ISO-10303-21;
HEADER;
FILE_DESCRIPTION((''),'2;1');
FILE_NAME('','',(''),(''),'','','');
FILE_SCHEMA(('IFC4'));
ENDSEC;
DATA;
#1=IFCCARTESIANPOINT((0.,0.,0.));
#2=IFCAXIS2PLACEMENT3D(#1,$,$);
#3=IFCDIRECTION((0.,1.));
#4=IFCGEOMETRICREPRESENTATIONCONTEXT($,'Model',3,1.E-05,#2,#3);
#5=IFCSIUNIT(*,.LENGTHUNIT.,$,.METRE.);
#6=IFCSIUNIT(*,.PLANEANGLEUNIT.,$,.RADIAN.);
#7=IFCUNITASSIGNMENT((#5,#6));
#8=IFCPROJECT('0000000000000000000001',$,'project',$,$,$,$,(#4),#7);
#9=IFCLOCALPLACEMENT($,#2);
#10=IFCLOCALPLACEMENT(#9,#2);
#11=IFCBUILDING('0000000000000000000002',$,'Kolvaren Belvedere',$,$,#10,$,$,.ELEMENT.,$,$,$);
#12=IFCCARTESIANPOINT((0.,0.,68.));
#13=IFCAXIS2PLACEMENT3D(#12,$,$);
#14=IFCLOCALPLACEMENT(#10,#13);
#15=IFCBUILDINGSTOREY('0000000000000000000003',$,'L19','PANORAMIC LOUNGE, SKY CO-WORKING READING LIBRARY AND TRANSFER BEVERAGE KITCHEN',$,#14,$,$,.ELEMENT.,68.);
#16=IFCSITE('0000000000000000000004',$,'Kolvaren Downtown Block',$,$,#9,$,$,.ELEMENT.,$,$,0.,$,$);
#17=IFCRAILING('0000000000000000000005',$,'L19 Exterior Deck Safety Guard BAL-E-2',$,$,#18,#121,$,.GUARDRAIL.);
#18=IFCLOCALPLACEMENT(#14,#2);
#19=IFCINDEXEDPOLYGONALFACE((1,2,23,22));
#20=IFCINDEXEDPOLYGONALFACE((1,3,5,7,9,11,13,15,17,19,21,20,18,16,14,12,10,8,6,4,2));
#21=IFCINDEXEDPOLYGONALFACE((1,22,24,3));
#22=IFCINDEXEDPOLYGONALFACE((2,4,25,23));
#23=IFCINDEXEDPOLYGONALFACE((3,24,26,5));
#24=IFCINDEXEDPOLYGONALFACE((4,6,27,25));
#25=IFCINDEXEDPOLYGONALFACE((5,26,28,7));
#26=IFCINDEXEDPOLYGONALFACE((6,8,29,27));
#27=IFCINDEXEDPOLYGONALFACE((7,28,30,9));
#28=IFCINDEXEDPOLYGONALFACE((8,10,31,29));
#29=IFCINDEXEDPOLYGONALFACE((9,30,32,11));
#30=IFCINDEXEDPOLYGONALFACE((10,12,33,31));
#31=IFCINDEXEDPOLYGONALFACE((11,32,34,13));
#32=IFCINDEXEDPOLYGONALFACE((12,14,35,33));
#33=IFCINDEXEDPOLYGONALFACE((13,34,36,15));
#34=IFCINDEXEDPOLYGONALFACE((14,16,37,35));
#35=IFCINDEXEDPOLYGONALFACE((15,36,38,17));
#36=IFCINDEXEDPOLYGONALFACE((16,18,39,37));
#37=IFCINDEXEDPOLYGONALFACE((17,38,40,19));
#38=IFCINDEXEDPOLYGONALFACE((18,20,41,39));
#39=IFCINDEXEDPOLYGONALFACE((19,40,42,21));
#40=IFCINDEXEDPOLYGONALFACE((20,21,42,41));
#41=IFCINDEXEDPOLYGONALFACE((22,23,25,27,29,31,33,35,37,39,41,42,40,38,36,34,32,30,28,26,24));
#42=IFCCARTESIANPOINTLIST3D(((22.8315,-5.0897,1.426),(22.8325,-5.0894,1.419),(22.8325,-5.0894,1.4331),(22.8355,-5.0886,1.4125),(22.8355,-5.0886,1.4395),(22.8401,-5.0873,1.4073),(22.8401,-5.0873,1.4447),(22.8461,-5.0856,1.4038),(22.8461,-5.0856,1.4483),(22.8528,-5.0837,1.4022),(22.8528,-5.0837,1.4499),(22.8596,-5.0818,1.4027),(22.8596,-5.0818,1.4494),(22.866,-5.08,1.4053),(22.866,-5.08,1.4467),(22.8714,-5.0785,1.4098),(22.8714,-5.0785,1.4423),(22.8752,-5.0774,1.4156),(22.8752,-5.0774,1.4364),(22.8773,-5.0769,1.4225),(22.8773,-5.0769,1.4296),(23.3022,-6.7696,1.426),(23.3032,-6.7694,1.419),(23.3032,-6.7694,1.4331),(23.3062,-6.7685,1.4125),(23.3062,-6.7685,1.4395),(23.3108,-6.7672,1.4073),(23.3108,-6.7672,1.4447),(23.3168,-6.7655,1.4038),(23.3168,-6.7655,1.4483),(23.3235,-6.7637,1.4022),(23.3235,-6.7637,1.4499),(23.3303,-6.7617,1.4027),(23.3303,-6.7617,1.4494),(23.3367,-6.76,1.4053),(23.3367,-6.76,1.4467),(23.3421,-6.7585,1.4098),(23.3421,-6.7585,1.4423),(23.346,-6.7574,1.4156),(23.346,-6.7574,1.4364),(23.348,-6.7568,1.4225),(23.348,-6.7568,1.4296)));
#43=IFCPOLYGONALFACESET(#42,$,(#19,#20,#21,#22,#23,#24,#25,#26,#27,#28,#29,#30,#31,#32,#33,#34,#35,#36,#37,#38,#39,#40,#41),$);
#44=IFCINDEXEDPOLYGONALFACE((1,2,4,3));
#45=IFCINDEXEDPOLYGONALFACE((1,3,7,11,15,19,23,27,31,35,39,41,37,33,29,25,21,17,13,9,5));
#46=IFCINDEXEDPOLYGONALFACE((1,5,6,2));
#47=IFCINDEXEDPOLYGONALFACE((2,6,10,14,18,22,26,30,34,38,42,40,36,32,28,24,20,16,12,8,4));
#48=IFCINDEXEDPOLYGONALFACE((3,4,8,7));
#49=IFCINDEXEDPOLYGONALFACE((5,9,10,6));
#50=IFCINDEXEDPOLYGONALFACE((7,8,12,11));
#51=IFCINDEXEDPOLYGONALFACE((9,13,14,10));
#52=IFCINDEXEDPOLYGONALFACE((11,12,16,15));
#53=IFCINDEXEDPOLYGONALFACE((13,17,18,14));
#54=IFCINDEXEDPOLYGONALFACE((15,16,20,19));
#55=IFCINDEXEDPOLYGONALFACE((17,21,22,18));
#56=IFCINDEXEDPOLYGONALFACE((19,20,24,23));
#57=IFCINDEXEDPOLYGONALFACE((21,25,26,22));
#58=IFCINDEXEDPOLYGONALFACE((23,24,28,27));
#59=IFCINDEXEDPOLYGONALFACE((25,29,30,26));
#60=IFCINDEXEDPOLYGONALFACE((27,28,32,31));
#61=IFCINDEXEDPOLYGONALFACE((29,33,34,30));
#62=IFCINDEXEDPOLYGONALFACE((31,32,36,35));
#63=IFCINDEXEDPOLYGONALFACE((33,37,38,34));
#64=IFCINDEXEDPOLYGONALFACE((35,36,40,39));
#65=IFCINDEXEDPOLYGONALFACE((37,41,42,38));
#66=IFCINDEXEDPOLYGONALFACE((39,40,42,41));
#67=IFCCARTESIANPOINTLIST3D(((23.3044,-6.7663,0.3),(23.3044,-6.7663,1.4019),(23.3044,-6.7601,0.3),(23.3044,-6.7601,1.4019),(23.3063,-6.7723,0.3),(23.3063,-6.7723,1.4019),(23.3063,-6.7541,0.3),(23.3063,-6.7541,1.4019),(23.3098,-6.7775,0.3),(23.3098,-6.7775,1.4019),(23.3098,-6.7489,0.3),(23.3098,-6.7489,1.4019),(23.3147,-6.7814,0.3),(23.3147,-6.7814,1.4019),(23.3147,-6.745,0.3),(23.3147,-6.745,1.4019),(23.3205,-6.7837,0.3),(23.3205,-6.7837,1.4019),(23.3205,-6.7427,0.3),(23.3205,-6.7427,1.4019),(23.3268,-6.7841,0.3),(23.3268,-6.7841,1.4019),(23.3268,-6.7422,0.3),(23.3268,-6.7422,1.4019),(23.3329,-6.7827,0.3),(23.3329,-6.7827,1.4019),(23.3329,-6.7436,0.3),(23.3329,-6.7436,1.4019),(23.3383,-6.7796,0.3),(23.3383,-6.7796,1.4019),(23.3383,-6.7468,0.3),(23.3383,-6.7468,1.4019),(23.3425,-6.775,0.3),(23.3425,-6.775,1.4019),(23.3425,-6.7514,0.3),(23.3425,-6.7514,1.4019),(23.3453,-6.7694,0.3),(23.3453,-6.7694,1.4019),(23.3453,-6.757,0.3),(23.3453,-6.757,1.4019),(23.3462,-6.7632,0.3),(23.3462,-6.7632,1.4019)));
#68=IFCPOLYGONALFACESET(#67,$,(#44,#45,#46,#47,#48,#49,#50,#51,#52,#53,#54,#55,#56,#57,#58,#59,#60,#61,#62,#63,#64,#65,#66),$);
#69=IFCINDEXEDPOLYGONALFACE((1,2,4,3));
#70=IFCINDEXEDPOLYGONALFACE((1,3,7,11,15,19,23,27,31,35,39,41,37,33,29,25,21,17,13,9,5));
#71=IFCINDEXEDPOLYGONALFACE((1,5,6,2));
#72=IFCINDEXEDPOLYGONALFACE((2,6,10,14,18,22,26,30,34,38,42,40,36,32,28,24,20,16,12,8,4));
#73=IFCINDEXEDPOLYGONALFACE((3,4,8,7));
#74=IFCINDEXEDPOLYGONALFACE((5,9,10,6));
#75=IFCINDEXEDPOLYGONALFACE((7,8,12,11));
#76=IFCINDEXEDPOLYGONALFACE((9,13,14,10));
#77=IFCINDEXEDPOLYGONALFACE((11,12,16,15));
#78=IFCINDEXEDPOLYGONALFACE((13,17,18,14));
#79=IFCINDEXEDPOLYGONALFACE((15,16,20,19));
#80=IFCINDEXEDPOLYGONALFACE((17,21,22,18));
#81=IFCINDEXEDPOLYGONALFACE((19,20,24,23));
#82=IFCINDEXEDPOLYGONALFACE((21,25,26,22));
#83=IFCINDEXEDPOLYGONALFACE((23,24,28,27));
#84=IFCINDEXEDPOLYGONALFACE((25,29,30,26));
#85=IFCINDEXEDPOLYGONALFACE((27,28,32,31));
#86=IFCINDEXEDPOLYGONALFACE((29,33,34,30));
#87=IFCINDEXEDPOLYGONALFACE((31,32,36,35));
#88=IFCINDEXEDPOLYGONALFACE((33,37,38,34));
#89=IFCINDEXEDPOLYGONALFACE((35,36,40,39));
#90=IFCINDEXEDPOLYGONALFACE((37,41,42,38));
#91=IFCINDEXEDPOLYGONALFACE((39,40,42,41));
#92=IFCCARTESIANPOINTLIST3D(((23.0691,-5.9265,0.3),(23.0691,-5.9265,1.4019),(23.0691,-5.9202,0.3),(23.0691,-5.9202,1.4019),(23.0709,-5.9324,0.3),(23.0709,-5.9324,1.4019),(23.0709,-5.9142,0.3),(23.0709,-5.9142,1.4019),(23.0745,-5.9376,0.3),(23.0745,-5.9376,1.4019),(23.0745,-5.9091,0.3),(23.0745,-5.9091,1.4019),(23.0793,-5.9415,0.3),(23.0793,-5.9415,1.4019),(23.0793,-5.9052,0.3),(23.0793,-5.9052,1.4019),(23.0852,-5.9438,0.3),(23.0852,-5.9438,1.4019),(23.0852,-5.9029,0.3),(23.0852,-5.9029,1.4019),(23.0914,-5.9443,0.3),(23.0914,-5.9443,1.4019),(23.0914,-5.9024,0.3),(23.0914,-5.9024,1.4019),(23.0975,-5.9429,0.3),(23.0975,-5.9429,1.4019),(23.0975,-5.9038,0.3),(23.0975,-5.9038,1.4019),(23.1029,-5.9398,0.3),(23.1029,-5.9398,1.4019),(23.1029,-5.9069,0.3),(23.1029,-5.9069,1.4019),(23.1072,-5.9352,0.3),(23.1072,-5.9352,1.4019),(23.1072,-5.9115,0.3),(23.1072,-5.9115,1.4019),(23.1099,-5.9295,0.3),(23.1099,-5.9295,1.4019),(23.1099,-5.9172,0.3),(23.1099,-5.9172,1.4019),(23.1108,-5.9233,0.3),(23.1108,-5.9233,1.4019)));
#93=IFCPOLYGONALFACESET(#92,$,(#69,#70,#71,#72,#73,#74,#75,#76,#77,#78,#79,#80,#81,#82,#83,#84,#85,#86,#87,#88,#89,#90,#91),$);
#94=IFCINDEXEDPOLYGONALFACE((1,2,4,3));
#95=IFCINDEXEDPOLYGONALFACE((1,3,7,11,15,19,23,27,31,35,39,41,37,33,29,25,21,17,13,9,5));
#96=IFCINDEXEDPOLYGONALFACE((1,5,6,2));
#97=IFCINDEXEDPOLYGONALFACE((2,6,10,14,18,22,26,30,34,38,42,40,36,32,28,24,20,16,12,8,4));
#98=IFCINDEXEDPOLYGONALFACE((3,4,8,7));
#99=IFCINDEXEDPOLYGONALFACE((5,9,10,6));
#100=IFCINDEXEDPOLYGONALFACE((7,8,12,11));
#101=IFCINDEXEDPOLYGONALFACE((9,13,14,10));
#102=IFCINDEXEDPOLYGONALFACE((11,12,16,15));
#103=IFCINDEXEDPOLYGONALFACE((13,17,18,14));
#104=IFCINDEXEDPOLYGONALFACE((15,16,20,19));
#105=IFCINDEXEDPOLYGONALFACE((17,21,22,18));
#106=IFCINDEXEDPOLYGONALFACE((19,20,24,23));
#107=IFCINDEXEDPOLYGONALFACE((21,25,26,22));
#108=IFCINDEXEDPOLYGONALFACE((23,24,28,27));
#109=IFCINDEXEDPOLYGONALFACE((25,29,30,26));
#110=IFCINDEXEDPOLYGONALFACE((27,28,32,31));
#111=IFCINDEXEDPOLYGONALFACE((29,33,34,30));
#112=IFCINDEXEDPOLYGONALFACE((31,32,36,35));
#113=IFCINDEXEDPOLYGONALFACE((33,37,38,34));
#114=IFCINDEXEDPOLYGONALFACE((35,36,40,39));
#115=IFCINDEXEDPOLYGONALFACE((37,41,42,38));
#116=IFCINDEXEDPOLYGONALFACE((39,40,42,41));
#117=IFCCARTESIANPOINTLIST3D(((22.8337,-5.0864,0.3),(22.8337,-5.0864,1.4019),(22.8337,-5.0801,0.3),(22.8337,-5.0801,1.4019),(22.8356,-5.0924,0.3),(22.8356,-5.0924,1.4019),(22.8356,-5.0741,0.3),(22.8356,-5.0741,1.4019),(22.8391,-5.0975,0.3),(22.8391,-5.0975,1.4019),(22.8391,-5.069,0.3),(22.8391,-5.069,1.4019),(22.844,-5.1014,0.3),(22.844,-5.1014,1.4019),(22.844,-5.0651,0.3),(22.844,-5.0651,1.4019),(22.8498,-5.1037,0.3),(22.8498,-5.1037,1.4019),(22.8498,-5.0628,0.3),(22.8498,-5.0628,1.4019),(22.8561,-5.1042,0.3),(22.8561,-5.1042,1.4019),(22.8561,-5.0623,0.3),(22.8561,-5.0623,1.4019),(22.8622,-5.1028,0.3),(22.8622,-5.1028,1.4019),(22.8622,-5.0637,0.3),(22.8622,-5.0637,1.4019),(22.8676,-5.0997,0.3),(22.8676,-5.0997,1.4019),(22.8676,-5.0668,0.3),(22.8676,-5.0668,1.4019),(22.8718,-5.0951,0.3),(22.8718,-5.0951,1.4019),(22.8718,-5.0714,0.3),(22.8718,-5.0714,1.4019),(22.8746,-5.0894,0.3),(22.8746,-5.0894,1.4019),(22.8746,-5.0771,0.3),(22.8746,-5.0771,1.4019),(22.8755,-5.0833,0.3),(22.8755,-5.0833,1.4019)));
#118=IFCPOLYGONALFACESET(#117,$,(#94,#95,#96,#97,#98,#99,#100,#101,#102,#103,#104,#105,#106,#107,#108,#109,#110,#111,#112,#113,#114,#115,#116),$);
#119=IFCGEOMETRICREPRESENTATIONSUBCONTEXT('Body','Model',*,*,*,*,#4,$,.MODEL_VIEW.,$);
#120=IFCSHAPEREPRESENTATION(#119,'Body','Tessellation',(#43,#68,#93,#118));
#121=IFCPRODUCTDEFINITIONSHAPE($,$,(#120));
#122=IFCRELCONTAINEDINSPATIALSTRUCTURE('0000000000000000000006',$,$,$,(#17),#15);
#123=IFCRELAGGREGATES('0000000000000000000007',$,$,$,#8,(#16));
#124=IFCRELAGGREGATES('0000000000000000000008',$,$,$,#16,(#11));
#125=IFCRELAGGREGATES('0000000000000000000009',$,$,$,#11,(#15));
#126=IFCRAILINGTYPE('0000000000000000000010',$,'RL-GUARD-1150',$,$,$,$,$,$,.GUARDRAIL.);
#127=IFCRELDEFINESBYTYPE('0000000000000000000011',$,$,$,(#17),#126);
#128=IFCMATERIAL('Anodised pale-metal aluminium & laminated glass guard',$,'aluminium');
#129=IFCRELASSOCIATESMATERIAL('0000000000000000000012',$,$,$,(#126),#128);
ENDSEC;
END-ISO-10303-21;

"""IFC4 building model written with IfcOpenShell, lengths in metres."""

from ifc_helpers import new_model, si_unit, direction, frame, origin, origin_2d, place, context, subcontext, project, spatial, circle, extrude, material, type_object, element, save


model = new_model("IFC4")

# Units and contexts
model_context = context("Model", 3, precision=1e-05, world=origin(), true_north=direction((0.0, 1.0)))
body_context = subcontext(model_context, "Body", "Model", "MODEL_VIEW")
ifc_project = project(units=[si_unit("LENGTHUNIT", "METRE"), si_unit("PLANEANGLEUNIT", "RADIAN")], contexts=[model_context])

# Site, building, storey
site_placement = place(None, origin())
site = spatial("IfcSite", under=ifc_project, at=site_placement, Name="Kolvaren Downtown Block", CompositionType="ELEMENT", RefElevation=0.0)
building_placement = place(site_placement, origin())
building = spatial("IfcBuilding", under=site, at=building_placement, Name="Kolvaren Belvedere", CompositionType="ELEMENT")
storey_placement = place(building_placement, frame((0.0, 0.0, 68.0)))
storey = spatial("IfcBuildingStorey", under=building, at=storey_placement, Name="L19", Description="PANORAMIC LOUNGE, SKY CO-WORKING READING LIBRARY AND TRANSFER BEVERAGE KITCHEN", CompositionType="ELEMENT", Elevation=68.0)

# Railing
ifc_material_1 = material(Name="Anodised pale-metal aluminium & laminated glass guard", Category="aluminium")
railing_type = type_object("IfcRailingType", Name="RL-GUARD-1150", PredefinedType="GUARDRAIL", material=ifc_material_1)
railing_1_placement = place(storey_placement, frame((23.3252, -6.7632, 0.3)))
element("IfcRailing", 1, at=railing_1_placement, inside=storey, type_object=railing_type, Name="L19 Exterior Deck Safety Guard BAL-E-2", PredefinedType="GUARDRAIL", context=body_context, shape_type="SweptSolid", body=[
    extrude(circle(Radius=0.0239, at=origin_2d()), frame((0.0, 0.0, 1.126), z_axis=(-0.269801, 0.962916, 0.0), x_axis=(-0.962916, -0.269801, 0.0)), (0.0, 0.0, 1.0), 1.7446),
    extrude(circle(Radius=0.021, at=origin_2d()), origin(), (0.0, 0.0, 1.0), 1.1018),
    extrude(circle(Radius=0.021, at=origin_2d()), frame((-0.2354, 0.8398, 0.0)), (0.0, 0.0, 1.0), 1.1018),
    extrude(circle(Radius=0.021, at=origin_2d()), frame((-0.4707, 1.6799, 0.0)), (0.0, 0.0, 1.0), 1.1018),
])

save(model, "model.ifc")
